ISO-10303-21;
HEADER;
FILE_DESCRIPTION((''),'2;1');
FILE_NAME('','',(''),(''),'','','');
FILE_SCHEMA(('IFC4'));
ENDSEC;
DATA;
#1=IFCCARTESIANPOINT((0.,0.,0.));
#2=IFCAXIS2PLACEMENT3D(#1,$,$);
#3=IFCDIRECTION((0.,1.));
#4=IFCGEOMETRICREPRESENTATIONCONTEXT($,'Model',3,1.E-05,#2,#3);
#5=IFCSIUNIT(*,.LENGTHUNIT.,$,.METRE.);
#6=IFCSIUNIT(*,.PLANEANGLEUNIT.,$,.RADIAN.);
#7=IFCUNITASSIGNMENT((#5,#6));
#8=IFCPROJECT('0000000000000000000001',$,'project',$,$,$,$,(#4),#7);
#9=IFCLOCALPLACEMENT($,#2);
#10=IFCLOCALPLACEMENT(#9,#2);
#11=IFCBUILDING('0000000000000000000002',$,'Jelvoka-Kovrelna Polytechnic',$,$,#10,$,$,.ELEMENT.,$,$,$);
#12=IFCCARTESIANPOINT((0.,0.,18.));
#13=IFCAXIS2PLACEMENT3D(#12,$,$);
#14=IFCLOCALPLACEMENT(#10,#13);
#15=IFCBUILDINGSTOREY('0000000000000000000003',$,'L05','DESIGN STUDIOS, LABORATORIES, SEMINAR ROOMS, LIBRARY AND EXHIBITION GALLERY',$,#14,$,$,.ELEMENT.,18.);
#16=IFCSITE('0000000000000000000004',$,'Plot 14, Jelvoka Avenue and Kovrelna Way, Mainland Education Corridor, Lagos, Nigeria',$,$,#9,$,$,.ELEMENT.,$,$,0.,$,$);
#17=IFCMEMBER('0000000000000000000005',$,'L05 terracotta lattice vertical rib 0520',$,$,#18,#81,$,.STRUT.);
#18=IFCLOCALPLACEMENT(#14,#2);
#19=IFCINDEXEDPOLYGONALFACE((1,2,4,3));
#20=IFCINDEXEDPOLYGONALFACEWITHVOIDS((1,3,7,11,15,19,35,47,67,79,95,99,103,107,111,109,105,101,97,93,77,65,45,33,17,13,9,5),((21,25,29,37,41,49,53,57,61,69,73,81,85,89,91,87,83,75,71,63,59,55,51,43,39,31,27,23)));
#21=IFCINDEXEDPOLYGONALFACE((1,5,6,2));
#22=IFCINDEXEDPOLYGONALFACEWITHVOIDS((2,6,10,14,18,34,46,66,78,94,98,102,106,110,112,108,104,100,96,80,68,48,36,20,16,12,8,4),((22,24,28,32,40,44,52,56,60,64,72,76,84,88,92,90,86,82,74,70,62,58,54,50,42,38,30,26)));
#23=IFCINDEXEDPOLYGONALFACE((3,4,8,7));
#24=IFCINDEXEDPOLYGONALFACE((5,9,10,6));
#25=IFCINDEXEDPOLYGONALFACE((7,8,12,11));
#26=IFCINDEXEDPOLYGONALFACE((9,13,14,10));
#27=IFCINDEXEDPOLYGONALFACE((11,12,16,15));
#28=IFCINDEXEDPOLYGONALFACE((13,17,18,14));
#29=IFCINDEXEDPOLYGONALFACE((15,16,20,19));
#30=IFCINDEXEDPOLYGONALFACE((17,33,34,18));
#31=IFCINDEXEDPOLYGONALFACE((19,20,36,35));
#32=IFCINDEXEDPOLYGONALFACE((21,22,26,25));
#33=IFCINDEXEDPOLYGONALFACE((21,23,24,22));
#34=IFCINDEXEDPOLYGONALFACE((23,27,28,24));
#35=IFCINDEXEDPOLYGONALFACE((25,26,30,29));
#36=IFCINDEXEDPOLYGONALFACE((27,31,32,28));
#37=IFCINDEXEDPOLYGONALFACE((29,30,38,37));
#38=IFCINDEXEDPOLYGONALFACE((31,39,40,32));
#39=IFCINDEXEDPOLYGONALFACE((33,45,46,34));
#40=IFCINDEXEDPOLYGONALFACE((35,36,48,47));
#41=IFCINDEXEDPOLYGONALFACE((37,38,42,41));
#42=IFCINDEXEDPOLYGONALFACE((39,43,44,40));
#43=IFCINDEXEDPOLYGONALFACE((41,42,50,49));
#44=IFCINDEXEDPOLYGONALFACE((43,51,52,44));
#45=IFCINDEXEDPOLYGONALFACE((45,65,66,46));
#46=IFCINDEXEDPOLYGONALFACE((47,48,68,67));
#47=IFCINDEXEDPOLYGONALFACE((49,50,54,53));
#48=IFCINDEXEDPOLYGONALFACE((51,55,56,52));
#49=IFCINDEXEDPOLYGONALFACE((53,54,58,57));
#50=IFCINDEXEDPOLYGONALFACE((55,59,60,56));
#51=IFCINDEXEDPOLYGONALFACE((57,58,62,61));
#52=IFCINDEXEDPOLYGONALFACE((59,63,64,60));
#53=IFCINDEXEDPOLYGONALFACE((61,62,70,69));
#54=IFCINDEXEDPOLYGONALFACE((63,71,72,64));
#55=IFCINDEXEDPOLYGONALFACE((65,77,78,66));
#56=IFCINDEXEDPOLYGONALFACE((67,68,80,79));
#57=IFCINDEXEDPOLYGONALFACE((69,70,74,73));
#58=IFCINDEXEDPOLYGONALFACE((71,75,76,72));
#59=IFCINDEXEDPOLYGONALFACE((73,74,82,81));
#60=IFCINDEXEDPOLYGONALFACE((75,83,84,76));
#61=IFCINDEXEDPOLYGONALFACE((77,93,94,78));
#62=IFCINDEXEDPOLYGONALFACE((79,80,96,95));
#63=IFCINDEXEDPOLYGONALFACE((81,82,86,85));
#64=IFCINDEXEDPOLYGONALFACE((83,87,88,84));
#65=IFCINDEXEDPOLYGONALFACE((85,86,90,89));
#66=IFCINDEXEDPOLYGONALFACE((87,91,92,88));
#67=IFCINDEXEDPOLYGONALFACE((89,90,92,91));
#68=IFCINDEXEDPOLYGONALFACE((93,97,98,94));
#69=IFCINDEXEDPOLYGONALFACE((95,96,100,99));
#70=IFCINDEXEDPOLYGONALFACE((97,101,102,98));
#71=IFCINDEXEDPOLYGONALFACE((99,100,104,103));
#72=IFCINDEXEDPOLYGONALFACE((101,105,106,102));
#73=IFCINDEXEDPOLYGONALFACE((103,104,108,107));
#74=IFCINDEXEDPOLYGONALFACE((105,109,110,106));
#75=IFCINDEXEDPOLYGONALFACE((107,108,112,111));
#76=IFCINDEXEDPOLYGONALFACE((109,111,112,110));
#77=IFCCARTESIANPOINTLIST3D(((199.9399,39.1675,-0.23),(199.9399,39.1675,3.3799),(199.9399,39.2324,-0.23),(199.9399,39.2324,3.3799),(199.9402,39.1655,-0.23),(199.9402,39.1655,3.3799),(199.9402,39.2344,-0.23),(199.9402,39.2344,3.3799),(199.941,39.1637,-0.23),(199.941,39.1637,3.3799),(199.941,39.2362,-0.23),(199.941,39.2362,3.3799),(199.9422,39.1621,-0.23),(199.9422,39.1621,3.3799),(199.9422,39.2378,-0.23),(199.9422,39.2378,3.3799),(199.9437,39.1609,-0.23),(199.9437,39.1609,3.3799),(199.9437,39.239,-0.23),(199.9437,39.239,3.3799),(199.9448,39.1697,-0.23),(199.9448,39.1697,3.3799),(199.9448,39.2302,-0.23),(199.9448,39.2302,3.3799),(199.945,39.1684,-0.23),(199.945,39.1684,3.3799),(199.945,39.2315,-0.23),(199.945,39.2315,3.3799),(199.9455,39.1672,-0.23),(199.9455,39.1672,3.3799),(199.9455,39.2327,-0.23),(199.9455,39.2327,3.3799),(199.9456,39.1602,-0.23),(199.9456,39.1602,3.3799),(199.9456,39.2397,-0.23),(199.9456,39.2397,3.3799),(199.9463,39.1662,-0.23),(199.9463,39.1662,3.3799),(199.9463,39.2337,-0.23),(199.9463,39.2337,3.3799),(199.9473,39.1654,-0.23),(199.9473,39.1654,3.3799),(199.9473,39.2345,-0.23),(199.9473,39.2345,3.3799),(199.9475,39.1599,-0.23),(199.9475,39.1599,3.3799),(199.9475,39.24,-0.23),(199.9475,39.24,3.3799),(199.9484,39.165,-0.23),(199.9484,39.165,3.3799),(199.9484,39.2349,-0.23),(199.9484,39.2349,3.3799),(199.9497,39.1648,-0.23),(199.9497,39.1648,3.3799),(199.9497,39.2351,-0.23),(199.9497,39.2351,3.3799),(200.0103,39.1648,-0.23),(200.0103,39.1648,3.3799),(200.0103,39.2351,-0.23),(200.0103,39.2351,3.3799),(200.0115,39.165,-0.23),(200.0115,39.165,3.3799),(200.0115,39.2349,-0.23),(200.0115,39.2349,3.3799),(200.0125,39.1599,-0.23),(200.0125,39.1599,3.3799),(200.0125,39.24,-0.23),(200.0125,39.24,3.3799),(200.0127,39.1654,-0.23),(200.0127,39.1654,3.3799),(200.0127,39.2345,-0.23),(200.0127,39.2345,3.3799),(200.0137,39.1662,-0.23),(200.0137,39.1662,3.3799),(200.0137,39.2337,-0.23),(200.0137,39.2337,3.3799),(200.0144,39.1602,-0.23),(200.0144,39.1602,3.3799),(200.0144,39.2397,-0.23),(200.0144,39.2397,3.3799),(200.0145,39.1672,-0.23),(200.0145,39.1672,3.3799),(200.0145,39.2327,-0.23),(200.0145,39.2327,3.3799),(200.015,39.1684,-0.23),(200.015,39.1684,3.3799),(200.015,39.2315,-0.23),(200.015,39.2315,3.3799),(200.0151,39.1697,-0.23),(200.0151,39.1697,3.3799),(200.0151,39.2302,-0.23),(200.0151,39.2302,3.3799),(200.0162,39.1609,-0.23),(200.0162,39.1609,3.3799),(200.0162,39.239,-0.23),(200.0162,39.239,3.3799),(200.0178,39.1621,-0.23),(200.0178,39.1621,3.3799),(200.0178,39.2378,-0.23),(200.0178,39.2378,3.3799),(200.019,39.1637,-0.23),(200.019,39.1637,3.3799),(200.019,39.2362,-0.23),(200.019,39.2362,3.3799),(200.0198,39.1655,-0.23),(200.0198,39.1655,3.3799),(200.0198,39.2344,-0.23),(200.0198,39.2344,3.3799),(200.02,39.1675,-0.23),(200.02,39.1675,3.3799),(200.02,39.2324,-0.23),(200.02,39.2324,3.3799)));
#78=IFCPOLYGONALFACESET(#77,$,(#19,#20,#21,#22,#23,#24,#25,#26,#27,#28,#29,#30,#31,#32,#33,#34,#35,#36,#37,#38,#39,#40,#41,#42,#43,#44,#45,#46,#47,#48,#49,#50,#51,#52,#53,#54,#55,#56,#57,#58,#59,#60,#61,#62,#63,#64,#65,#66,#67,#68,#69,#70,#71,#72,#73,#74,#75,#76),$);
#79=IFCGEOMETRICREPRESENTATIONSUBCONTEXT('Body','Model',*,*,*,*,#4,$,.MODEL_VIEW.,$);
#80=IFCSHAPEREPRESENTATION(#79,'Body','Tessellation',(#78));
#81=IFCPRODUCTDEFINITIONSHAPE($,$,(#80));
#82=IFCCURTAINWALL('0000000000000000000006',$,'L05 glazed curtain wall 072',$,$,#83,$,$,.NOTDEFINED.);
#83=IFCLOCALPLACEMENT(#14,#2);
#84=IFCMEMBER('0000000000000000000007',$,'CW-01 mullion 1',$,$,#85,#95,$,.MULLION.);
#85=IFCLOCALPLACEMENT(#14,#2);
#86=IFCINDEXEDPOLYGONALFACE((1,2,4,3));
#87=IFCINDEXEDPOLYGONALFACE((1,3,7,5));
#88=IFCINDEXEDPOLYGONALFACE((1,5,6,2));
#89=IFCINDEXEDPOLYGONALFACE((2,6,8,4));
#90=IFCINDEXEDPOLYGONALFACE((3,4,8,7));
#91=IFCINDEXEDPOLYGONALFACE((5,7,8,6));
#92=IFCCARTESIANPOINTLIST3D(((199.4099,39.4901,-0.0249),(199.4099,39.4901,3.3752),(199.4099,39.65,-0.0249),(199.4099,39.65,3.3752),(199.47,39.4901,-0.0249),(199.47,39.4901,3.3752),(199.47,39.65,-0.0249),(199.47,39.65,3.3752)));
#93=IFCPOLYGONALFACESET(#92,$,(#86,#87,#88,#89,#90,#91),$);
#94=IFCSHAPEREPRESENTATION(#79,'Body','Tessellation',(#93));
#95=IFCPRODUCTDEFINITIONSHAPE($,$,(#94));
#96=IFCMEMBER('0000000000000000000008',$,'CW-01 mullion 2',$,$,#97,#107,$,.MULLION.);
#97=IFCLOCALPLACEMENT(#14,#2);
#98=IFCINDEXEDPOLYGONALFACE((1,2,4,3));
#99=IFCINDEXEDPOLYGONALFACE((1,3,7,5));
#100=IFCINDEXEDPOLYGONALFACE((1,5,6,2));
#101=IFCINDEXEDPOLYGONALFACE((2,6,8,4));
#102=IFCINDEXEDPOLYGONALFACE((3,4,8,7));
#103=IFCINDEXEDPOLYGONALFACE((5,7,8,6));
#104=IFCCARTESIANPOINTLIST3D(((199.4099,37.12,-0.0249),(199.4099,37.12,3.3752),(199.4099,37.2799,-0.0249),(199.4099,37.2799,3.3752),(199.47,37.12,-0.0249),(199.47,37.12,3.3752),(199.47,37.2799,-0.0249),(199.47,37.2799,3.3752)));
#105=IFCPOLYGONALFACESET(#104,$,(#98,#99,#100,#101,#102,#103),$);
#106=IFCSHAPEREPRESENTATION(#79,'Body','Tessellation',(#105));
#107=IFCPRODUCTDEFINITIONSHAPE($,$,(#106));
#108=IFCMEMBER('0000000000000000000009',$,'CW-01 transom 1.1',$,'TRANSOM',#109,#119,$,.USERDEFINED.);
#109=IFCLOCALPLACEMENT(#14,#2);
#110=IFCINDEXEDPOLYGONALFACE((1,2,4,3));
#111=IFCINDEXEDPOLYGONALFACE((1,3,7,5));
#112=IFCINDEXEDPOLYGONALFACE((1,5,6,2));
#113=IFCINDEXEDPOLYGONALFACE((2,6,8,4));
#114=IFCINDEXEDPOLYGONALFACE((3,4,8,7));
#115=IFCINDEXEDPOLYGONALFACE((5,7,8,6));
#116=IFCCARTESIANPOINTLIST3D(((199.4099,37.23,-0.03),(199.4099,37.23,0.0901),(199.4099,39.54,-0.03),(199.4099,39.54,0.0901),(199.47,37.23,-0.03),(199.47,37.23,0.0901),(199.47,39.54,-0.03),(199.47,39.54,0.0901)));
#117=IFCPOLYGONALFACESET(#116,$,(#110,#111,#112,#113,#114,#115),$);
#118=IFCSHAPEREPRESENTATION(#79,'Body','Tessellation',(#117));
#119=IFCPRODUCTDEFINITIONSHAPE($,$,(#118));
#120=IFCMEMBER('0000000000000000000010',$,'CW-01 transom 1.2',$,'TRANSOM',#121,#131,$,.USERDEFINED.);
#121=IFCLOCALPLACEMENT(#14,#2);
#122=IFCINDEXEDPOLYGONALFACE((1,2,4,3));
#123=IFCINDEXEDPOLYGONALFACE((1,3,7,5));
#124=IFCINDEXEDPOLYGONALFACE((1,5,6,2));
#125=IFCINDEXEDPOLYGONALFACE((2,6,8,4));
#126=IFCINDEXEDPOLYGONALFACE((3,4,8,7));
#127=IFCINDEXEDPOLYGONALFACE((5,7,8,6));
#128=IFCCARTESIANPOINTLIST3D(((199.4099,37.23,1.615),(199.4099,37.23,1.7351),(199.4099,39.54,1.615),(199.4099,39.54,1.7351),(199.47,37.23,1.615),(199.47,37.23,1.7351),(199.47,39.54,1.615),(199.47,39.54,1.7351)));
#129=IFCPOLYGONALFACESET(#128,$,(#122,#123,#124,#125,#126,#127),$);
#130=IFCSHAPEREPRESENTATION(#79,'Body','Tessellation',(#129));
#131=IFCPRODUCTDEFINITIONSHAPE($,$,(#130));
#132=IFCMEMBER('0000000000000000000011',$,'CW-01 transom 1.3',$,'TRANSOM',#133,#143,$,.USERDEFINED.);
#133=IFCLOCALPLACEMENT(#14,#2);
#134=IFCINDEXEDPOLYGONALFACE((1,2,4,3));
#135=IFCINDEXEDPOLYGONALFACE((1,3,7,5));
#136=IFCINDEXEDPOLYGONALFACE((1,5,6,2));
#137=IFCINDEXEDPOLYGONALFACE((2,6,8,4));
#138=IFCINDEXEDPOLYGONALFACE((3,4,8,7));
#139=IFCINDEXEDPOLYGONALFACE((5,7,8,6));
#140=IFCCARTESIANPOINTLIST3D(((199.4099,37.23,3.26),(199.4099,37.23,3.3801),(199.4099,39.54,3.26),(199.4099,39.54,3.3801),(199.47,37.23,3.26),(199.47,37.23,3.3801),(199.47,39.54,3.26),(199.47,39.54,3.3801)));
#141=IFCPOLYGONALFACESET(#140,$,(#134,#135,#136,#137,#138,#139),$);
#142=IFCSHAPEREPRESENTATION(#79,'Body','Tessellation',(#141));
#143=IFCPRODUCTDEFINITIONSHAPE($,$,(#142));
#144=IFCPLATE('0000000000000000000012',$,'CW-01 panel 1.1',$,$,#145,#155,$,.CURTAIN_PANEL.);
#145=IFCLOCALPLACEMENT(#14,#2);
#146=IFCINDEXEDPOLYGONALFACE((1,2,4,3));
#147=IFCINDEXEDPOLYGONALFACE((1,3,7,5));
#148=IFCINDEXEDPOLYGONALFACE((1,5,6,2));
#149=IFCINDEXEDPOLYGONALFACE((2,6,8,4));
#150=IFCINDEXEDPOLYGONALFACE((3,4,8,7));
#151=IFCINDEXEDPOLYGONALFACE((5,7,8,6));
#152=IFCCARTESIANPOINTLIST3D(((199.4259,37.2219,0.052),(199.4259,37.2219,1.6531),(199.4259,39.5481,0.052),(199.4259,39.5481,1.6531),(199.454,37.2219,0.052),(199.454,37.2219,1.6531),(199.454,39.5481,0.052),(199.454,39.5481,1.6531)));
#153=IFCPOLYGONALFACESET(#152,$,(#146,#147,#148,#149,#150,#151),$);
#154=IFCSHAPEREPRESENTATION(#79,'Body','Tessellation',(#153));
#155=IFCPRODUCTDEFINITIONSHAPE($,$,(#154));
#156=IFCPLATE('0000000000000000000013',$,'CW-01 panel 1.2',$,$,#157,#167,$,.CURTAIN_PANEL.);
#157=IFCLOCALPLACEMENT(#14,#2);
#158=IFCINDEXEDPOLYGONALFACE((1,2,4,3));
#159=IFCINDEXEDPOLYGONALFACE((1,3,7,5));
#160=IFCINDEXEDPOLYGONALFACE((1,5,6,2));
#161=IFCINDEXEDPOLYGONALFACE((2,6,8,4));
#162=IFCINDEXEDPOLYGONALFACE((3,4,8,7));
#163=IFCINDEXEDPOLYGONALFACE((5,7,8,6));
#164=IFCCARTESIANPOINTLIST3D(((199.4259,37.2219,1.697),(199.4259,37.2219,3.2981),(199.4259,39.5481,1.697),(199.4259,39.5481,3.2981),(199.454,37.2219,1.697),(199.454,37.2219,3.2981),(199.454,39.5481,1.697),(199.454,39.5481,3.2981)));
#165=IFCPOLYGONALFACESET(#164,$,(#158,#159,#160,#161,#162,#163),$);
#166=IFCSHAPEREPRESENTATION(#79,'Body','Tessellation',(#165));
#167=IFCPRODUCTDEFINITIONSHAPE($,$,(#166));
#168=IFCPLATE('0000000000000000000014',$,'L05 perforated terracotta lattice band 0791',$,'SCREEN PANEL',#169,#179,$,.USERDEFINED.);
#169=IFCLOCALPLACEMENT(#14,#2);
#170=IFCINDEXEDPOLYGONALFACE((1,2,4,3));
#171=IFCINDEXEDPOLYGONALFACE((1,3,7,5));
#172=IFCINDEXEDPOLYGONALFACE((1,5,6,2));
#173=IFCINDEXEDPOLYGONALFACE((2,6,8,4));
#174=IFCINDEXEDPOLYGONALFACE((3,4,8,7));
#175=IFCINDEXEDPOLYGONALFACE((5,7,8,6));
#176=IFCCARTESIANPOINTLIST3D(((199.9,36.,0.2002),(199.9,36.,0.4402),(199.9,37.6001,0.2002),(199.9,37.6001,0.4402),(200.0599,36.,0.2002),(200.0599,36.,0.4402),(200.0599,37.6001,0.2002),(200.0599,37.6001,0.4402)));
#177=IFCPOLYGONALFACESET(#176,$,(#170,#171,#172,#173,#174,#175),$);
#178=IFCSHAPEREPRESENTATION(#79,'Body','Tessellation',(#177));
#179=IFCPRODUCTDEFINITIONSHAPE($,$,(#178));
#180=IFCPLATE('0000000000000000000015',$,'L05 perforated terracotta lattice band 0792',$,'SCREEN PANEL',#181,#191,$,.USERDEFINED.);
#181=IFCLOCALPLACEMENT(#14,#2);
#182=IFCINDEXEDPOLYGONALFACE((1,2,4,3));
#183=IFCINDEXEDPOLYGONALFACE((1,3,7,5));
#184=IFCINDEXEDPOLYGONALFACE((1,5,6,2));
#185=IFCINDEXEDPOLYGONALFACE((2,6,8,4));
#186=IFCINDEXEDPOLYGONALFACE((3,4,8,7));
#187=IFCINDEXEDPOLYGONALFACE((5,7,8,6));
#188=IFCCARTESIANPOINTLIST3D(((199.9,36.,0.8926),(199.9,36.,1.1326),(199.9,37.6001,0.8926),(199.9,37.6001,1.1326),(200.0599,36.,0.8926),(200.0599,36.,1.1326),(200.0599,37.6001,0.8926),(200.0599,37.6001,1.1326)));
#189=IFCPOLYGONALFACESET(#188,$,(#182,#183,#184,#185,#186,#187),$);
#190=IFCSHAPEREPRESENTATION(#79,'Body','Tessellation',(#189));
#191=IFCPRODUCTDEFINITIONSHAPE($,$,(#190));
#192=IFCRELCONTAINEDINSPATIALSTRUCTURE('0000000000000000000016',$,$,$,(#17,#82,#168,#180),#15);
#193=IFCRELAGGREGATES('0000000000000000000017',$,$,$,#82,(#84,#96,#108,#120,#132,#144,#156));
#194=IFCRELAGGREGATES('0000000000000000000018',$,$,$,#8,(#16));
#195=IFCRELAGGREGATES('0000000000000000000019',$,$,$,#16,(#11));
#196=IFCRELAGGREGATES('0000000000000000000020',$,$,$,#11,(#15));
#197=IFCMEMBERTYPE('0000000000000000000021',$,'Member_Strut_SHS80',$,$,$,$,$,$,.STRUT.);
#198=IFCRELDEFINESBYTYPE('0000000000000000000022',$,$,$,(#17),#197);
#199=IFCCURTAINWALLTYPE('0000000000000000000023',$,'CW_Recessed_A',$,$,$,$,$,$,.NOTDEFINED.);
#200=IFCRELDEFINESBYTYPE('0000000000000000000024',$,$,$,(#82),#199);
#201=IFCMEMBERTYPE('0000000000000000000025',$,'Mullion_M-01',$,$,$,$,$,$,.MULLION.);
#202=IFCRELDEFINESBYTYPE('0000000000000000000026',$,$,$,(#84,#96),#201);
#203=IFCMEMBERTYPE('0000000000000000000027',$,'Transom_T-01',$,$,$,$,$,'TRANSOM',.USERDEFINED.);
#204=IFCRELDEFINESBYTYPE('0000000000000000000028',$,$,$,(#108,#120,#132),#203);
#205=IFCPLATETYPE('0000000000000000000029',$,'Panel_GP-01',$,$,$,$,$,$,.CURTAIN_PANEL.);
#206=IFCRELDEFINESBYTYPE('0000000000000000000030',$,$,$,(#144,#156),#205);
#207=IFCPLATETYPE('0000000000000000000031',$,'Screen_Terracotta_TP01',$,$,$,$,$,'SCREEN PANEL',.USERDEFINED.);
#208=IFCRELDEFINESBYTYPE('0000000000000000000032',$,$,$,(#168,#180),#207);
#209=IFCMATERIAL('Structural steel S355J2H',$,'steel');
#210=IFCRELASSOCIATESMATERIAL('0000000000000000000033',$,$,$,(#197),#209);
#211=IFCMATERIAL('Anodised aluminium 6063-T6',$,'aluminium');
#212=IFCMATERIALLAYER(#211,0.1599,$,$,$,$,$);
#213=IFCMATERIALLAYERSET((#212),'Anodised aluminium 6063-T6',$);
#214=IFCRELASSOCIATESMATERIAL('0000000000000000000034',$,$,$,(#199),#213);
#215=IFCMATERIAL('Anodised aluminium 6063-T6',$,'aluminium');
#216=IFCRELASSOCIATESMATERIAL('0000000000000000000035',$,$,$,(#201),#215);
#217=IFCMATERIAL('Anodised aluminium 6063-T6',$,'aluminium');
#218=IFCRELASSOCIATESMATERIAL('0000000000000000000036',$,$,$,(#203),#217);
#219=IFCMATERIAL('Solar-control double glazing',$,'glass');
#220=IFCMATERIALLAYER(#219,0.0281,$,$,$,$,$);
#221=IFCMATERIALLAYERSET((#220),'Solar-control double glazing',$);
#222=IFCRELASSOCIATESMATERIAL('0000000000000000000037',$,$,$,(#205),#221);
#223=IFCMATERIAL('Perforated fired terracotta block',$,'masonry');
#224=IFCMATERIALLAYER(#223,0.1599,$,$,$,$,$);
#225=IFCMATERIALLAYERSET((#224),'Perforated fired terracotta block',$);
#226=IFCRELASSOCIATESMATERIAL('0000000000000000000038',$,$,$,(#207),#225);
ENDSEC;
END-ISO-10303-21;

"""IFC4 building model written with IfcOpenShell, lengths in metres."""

from ifc_helpers import new_model, si_unit, direction, frame, origin, origin_2d, place, context, subcontext, project, spatial, rectangle, hollow_rectangle, extrude, material, layer, layer_set, material_profile, profile_set, type_object, element, aggregate, save


model = new_model("IFC4")

# Units and contexts
model_context = context("Model", 3, precision=1e-05, world=origin(), true_north=direction((0.0, 1.0)))
body_context = subcontext(model_context, "Body", "Model", "MODEL_VIEW")
ifc_project = project(units=[si_unit("LENGTHUNIT", "METRE"), si_unit("PLANEANGLEUNIT", "RADIAN")], contexts=[model_context])

# Site, building, storey
site_placement = place(None, origin())
site = spatial("IfcSite", under=ifc_project, at=site_placement, Name="Plot 14, Jelvoka Avenue and Kovrelna Way, Mainland Education Corridor, Lagos, Nigeria", CompositionType="ELEMENT", RefElevation=0.0)
building_placement = place(site_placement, origin())
building = spatial("IfcBuilding", under=site, at=building_placement, Name="Jelvoka-Kovrelna Polytechnic", CompositionType="ELEMENT")
storey_placement = place(building_placement, frame((0.0, 0.0, 18.0)))
storey = spatial("IfcBuildingStorey", under=building, at=storey_placement, Name="L05", Description="DESIGN STUDIOS, LABORATORIES, SEMINAR ROOMS, LIBRARY AND EXHIBITION GALLERY", CompositionType="ELEMENT", Elevation=18.0)

# Member
ifc_material_1 = material(Name="Structural steel S355J2H", Category="steel")
ifc_material_profile_1 = material_profile(ifc_material_1, hollow_rectangle(XDim=0.0801, YDim=0.0801, WallThickness=0.0049, InnerFilletRadius=0.0049, OuterFilletRadius=0.0076, at=origin_2d()), Name="80x80x5.0 SHS")
ifc_profile_set_1 = profile_set([ifc_material_profile_1], Name="Structural steel S355J2H")
member_type_1 = type_object("IfcMemberType", Name="Member_Strut_SHS80", PredefinedType="STRUT", material=ifc_profile_set_1)
for number, where, z_axis, x_axis, name in (
    (1, (199.98, 39.2, -0.23), (0.0, 0.0, 1.0), (1.0, 0.0, 0.0), "L05 terracotta lattice vertical rib 0520"),
):
    element("IfcMember", number, at=place(storey_placement, frame(where, z_axis=z_axis, x_axis=x_axis)), inside=storey, type_object=member_type_1, Name=name, PredefinedType="STRUT", context=body_context, shape_type="SweptSolid", body=[
        extrude(hollow_rectangle(XDim=0.0801, YDim=0.0801, WallThickness=0.0049, InnerFilletRadius=0.0049, OuterFilletRadius=0.0076, at=origin_2d()), origin(), (0.0, 0.0, 1.0), 3.6099),
    ])

# Curtain wall, members, plates
ifc_material_2 = material(Name="Anodised aluminium 6063-T6", Category="aluminium")
ifc_layer_1 = layer(ifc_material_2, 0.1599)
ifc_layer_set_1 = layer_set([ifc_layer_1], Name="Anodised aluminium 6063-T6")
curtain_wall_type = type_object("IfcCurtainWallType", Name="CW_Recessed_A", PredefinedType="NOTDEFINED", material=ifc_layer_set_1)
curtain_wall_placement = place(storey_placement, origin())
curtain_wall = element("IfcCurtainWall", 2, at=curtain_wall_placement, inside=storey, type_object=curtain_wall_type, Name="L05 glazed curtain wall 072", PredefinedType="NOTDEFINED")
ifc_material_3 = material(Name="Anodised aluminium 6063-T6", Category="aluminium")
ifc_material_profile_2 = material_profile(ifc_material_3, rectangle(XDim=0.0601, YDim=0.1599, at=origin_2d()), Name="ALU 60x160")
ifc_profile_set_2 = profile_set([ifc_material_profile_2], Name="Anodised aluminium 6063-T6")
member_type_2 = type_object("IfcMemberType", Name="Mullion_M-01", PredefinedType="MULLION", material=ifc_profile_set_2)
member_1_placement = place(storey_placement, frame((199.4399, 39.5701, -0.0249), z_axis=(0.0, 0.0, 1.0), x_axis=(1.0, 0.0, 0.0)))
member_1 = element("IfcMember", 3, at=member_1_placement, type_object=member_type_2, Name="CW-01 mullion 1", PredefinedType="MULLION", context=body_context, shape_type="SweptSolid", body=[
    extrude(rectangle(XDim=0.0601, YDim=0.1599, at=origin_2d()), origin(), (0.0, 0.0, 1.0), 3.4001),
])
member_2_placement = place(storey_placement, frame((199.4399, 37.2, -0.0249), z_axis=(0.0, 0.0, 1.0), x_axis=(1.0, 0.0, 0.0)))
member_2 = element("IfcMember", 4, at=member_2_placement, type_object=member_type_2, Name="CW-01 mullion 2", PredefinedType="MULLION", context=body_context, shape_type="SweptSolid", body=[
    extrude(rectangle(XDim=0.0601, YDim=0.1599, at=origin_2d()), origin(), (0.0, 0.0, 1.0), 3.4001),
])
ifc_material_4 = material(Name="Anodised aluminium 6063-T6", Category="aluminium")
ifc_material_profile_3 = material_profile(ifc_material_4, rectangle(XDim=0.0601, YDim=0.1201, at=origin_2d()), Name="ALU 60x120")
ifc_profile_set_3 = profile_set([ifc_material_profile_3], Name="Anodised aluminium 6063-T6")
member_type_3 = type_object("IfcMemberType", Name="Transom_T-01", ElementType="TRANSOM", PredefinedType="USERDEFINED", material=ifc_profile_set_3)
member_3_placement = place(storey_placement, frame((199.4399, 39.54, 0.03), z_axis=(0.0, -1.0, 0.0), x_axis=(1.0, 0.0, 0.0)))
member_3 = element("IfcMember", 5, at=member_3_placement, type_object=member_type_3, Name="CW-01 transom 1.1", ObjectType="TRANSOM", PredefinedType="USERDEFINED", context=body_context, shape_type="SweptSolid", body=[
    extrude(rectangle(XDim=0.0601, YDim=0.1201, at=origin_2d()), origin(), (0.0, 0.0, 1.0), 2.3101),
])
member_4_placement = place(storey_placement, frame((199.4399, 39.54, 1.675), z_axis=(0.0, -1.0, 0.0), x_axis=(1.0, 0.0, 0.0)))
member_4 = element("IfcMember", 6, at=member_4_placement, type_object=member_type_3, Name="CW-01 transom 1.2", ObjectType="TRANSOM", PredefinedType="USERDEFINED", context=body_context, shape_type="SweptSolid", body=[
    extrude(rectangle(XDim=0.0601, YDim=0.1201, at=origin_2d()), origin(), (0.0, 0.0, 1.0), 2.3101),
])
member_5_placement = place(storey_placement, frame((199.4399, 39.54, 3.3201), z_axis=(0.0, -1.0, 0.0), x_axis=(1.0, 0.0, 0.0)))
member_5 = element("IfcMember", 7, at=member_5_placement, type_object=member_type_3, Name="CW-01 transom 1.3", ObjectType="TRANSOM", PredefinedType="USERDEFINED", context=body_context, shape_type="SweptSolid", body=[
    extrude(rectangle(XDim=0.0601, YDim=0.1201, at=origin_2d()), origin(), (0.0, 0.0, 1.0), 2.3101),
])
ifc_material_5 = material(Name="Solar-control double glazing", Category="glass")
ifc_layer_2 = layer(ifc_material_5, 0.0281)
ifc_layer_set_2 = layer_set([ifc_layer_2], Name="Solar-control double glazing")
plate_type_1 = type_object("IfcPlateType", Name="Panel_GP-01", PredefinedType="CURTAIN_PANEL", material=ifc_layer_set_2)
plate_1_placement = place(storey_placement, frame((199.4399, 38.385, 0.052), z_axis=(0.0, 0.0, 1.0), x_axis=(0.0, -1.0, 0.0)))
plate_1 = element("IfcPlate", 8, at=plate_1_placement, type_object=plate_type_1, Name="CW-01 panel 1.1", PredefinedType="CURTAIN_PANEL", context=body_context, shape_type="SweptSolid", body=[
    extrude(rectangle(XDim=2.3262, YDim=0.0281, at=origin_2d()), origin(), (0.0, 0.0, 1.0), 1.6011),
])
plate_2_placement = place(storey_placement, frame((199.4399, 38.385, 1.697), z_axis=(0.0, 0.0, 1.0), x_axis=(0.0, -1.0, 0.0)))
plate_2 = element("IfcPlate", 9, at=plate_2_placement, type_object=plate_type_1, Name="CW-01 panel 1.2", PredefinedType="CURTAIN_PANEL", context=body_context, shape_type="SweptSolid", body=[
    extrude(rectangle(XDim=2.3262, YDim=0.0281, at=origin_2d()), origin(), (0.0, 0.0, 1.0), 1.6011),
])
aggregate(curtain_wall, [member_1, member_2, member_3, member_4, member_5, plate_1, plate_2])

# Plates
ifc_material_6 = material(Name="Perforated fired terracotta block", Category="masonry")
ifc_layer_3 = layer(ifc_material_6, 0.1599)
ifc_layer_set_3 = layer_set([ifc_layer_3], Name="Perforated fired terracotta block")
plate_type_2 = type_object("IfcPlateType", Name="Screen_Terracotta_TP01", ElementType="SCREEN PANEL", PredefinedType="USERDEFINED", material=ifc_layer_set_3)
for number, where, z_axis, x_axis, name in (
    (10, (199.98, 36.8, 0.2002), (0.0, 0.0, 1.0), (0.0, 1.0, 0.0), "L05 perforated terracotta lattice band 0791"),
    (11, (199.98, 36.8, 0.8926), (0.0, 0.0, 1.0), (0.0, 1.0, 0.0), "L05 perforated terracotta lattice band 0792"),
):
    element("IfcPlate", number, at=place(storey_placement, frame(where, z_axis=z_axis, x_axis=x_axis)), inside=storey, type_object=plate_type_2, Name=name, ObjectType="SCREEN PANEL", PredefinedType="USERDEFINED", context=body_context, shape_type="SweptSolid", body=[
        extrude(rectangle(XDim=1.6001, YDim=0.1599, at=origin_2d()), origin(), (0.0, 0.0, 1.0), 0.24),
    ])

save(model, "model.ifc")
